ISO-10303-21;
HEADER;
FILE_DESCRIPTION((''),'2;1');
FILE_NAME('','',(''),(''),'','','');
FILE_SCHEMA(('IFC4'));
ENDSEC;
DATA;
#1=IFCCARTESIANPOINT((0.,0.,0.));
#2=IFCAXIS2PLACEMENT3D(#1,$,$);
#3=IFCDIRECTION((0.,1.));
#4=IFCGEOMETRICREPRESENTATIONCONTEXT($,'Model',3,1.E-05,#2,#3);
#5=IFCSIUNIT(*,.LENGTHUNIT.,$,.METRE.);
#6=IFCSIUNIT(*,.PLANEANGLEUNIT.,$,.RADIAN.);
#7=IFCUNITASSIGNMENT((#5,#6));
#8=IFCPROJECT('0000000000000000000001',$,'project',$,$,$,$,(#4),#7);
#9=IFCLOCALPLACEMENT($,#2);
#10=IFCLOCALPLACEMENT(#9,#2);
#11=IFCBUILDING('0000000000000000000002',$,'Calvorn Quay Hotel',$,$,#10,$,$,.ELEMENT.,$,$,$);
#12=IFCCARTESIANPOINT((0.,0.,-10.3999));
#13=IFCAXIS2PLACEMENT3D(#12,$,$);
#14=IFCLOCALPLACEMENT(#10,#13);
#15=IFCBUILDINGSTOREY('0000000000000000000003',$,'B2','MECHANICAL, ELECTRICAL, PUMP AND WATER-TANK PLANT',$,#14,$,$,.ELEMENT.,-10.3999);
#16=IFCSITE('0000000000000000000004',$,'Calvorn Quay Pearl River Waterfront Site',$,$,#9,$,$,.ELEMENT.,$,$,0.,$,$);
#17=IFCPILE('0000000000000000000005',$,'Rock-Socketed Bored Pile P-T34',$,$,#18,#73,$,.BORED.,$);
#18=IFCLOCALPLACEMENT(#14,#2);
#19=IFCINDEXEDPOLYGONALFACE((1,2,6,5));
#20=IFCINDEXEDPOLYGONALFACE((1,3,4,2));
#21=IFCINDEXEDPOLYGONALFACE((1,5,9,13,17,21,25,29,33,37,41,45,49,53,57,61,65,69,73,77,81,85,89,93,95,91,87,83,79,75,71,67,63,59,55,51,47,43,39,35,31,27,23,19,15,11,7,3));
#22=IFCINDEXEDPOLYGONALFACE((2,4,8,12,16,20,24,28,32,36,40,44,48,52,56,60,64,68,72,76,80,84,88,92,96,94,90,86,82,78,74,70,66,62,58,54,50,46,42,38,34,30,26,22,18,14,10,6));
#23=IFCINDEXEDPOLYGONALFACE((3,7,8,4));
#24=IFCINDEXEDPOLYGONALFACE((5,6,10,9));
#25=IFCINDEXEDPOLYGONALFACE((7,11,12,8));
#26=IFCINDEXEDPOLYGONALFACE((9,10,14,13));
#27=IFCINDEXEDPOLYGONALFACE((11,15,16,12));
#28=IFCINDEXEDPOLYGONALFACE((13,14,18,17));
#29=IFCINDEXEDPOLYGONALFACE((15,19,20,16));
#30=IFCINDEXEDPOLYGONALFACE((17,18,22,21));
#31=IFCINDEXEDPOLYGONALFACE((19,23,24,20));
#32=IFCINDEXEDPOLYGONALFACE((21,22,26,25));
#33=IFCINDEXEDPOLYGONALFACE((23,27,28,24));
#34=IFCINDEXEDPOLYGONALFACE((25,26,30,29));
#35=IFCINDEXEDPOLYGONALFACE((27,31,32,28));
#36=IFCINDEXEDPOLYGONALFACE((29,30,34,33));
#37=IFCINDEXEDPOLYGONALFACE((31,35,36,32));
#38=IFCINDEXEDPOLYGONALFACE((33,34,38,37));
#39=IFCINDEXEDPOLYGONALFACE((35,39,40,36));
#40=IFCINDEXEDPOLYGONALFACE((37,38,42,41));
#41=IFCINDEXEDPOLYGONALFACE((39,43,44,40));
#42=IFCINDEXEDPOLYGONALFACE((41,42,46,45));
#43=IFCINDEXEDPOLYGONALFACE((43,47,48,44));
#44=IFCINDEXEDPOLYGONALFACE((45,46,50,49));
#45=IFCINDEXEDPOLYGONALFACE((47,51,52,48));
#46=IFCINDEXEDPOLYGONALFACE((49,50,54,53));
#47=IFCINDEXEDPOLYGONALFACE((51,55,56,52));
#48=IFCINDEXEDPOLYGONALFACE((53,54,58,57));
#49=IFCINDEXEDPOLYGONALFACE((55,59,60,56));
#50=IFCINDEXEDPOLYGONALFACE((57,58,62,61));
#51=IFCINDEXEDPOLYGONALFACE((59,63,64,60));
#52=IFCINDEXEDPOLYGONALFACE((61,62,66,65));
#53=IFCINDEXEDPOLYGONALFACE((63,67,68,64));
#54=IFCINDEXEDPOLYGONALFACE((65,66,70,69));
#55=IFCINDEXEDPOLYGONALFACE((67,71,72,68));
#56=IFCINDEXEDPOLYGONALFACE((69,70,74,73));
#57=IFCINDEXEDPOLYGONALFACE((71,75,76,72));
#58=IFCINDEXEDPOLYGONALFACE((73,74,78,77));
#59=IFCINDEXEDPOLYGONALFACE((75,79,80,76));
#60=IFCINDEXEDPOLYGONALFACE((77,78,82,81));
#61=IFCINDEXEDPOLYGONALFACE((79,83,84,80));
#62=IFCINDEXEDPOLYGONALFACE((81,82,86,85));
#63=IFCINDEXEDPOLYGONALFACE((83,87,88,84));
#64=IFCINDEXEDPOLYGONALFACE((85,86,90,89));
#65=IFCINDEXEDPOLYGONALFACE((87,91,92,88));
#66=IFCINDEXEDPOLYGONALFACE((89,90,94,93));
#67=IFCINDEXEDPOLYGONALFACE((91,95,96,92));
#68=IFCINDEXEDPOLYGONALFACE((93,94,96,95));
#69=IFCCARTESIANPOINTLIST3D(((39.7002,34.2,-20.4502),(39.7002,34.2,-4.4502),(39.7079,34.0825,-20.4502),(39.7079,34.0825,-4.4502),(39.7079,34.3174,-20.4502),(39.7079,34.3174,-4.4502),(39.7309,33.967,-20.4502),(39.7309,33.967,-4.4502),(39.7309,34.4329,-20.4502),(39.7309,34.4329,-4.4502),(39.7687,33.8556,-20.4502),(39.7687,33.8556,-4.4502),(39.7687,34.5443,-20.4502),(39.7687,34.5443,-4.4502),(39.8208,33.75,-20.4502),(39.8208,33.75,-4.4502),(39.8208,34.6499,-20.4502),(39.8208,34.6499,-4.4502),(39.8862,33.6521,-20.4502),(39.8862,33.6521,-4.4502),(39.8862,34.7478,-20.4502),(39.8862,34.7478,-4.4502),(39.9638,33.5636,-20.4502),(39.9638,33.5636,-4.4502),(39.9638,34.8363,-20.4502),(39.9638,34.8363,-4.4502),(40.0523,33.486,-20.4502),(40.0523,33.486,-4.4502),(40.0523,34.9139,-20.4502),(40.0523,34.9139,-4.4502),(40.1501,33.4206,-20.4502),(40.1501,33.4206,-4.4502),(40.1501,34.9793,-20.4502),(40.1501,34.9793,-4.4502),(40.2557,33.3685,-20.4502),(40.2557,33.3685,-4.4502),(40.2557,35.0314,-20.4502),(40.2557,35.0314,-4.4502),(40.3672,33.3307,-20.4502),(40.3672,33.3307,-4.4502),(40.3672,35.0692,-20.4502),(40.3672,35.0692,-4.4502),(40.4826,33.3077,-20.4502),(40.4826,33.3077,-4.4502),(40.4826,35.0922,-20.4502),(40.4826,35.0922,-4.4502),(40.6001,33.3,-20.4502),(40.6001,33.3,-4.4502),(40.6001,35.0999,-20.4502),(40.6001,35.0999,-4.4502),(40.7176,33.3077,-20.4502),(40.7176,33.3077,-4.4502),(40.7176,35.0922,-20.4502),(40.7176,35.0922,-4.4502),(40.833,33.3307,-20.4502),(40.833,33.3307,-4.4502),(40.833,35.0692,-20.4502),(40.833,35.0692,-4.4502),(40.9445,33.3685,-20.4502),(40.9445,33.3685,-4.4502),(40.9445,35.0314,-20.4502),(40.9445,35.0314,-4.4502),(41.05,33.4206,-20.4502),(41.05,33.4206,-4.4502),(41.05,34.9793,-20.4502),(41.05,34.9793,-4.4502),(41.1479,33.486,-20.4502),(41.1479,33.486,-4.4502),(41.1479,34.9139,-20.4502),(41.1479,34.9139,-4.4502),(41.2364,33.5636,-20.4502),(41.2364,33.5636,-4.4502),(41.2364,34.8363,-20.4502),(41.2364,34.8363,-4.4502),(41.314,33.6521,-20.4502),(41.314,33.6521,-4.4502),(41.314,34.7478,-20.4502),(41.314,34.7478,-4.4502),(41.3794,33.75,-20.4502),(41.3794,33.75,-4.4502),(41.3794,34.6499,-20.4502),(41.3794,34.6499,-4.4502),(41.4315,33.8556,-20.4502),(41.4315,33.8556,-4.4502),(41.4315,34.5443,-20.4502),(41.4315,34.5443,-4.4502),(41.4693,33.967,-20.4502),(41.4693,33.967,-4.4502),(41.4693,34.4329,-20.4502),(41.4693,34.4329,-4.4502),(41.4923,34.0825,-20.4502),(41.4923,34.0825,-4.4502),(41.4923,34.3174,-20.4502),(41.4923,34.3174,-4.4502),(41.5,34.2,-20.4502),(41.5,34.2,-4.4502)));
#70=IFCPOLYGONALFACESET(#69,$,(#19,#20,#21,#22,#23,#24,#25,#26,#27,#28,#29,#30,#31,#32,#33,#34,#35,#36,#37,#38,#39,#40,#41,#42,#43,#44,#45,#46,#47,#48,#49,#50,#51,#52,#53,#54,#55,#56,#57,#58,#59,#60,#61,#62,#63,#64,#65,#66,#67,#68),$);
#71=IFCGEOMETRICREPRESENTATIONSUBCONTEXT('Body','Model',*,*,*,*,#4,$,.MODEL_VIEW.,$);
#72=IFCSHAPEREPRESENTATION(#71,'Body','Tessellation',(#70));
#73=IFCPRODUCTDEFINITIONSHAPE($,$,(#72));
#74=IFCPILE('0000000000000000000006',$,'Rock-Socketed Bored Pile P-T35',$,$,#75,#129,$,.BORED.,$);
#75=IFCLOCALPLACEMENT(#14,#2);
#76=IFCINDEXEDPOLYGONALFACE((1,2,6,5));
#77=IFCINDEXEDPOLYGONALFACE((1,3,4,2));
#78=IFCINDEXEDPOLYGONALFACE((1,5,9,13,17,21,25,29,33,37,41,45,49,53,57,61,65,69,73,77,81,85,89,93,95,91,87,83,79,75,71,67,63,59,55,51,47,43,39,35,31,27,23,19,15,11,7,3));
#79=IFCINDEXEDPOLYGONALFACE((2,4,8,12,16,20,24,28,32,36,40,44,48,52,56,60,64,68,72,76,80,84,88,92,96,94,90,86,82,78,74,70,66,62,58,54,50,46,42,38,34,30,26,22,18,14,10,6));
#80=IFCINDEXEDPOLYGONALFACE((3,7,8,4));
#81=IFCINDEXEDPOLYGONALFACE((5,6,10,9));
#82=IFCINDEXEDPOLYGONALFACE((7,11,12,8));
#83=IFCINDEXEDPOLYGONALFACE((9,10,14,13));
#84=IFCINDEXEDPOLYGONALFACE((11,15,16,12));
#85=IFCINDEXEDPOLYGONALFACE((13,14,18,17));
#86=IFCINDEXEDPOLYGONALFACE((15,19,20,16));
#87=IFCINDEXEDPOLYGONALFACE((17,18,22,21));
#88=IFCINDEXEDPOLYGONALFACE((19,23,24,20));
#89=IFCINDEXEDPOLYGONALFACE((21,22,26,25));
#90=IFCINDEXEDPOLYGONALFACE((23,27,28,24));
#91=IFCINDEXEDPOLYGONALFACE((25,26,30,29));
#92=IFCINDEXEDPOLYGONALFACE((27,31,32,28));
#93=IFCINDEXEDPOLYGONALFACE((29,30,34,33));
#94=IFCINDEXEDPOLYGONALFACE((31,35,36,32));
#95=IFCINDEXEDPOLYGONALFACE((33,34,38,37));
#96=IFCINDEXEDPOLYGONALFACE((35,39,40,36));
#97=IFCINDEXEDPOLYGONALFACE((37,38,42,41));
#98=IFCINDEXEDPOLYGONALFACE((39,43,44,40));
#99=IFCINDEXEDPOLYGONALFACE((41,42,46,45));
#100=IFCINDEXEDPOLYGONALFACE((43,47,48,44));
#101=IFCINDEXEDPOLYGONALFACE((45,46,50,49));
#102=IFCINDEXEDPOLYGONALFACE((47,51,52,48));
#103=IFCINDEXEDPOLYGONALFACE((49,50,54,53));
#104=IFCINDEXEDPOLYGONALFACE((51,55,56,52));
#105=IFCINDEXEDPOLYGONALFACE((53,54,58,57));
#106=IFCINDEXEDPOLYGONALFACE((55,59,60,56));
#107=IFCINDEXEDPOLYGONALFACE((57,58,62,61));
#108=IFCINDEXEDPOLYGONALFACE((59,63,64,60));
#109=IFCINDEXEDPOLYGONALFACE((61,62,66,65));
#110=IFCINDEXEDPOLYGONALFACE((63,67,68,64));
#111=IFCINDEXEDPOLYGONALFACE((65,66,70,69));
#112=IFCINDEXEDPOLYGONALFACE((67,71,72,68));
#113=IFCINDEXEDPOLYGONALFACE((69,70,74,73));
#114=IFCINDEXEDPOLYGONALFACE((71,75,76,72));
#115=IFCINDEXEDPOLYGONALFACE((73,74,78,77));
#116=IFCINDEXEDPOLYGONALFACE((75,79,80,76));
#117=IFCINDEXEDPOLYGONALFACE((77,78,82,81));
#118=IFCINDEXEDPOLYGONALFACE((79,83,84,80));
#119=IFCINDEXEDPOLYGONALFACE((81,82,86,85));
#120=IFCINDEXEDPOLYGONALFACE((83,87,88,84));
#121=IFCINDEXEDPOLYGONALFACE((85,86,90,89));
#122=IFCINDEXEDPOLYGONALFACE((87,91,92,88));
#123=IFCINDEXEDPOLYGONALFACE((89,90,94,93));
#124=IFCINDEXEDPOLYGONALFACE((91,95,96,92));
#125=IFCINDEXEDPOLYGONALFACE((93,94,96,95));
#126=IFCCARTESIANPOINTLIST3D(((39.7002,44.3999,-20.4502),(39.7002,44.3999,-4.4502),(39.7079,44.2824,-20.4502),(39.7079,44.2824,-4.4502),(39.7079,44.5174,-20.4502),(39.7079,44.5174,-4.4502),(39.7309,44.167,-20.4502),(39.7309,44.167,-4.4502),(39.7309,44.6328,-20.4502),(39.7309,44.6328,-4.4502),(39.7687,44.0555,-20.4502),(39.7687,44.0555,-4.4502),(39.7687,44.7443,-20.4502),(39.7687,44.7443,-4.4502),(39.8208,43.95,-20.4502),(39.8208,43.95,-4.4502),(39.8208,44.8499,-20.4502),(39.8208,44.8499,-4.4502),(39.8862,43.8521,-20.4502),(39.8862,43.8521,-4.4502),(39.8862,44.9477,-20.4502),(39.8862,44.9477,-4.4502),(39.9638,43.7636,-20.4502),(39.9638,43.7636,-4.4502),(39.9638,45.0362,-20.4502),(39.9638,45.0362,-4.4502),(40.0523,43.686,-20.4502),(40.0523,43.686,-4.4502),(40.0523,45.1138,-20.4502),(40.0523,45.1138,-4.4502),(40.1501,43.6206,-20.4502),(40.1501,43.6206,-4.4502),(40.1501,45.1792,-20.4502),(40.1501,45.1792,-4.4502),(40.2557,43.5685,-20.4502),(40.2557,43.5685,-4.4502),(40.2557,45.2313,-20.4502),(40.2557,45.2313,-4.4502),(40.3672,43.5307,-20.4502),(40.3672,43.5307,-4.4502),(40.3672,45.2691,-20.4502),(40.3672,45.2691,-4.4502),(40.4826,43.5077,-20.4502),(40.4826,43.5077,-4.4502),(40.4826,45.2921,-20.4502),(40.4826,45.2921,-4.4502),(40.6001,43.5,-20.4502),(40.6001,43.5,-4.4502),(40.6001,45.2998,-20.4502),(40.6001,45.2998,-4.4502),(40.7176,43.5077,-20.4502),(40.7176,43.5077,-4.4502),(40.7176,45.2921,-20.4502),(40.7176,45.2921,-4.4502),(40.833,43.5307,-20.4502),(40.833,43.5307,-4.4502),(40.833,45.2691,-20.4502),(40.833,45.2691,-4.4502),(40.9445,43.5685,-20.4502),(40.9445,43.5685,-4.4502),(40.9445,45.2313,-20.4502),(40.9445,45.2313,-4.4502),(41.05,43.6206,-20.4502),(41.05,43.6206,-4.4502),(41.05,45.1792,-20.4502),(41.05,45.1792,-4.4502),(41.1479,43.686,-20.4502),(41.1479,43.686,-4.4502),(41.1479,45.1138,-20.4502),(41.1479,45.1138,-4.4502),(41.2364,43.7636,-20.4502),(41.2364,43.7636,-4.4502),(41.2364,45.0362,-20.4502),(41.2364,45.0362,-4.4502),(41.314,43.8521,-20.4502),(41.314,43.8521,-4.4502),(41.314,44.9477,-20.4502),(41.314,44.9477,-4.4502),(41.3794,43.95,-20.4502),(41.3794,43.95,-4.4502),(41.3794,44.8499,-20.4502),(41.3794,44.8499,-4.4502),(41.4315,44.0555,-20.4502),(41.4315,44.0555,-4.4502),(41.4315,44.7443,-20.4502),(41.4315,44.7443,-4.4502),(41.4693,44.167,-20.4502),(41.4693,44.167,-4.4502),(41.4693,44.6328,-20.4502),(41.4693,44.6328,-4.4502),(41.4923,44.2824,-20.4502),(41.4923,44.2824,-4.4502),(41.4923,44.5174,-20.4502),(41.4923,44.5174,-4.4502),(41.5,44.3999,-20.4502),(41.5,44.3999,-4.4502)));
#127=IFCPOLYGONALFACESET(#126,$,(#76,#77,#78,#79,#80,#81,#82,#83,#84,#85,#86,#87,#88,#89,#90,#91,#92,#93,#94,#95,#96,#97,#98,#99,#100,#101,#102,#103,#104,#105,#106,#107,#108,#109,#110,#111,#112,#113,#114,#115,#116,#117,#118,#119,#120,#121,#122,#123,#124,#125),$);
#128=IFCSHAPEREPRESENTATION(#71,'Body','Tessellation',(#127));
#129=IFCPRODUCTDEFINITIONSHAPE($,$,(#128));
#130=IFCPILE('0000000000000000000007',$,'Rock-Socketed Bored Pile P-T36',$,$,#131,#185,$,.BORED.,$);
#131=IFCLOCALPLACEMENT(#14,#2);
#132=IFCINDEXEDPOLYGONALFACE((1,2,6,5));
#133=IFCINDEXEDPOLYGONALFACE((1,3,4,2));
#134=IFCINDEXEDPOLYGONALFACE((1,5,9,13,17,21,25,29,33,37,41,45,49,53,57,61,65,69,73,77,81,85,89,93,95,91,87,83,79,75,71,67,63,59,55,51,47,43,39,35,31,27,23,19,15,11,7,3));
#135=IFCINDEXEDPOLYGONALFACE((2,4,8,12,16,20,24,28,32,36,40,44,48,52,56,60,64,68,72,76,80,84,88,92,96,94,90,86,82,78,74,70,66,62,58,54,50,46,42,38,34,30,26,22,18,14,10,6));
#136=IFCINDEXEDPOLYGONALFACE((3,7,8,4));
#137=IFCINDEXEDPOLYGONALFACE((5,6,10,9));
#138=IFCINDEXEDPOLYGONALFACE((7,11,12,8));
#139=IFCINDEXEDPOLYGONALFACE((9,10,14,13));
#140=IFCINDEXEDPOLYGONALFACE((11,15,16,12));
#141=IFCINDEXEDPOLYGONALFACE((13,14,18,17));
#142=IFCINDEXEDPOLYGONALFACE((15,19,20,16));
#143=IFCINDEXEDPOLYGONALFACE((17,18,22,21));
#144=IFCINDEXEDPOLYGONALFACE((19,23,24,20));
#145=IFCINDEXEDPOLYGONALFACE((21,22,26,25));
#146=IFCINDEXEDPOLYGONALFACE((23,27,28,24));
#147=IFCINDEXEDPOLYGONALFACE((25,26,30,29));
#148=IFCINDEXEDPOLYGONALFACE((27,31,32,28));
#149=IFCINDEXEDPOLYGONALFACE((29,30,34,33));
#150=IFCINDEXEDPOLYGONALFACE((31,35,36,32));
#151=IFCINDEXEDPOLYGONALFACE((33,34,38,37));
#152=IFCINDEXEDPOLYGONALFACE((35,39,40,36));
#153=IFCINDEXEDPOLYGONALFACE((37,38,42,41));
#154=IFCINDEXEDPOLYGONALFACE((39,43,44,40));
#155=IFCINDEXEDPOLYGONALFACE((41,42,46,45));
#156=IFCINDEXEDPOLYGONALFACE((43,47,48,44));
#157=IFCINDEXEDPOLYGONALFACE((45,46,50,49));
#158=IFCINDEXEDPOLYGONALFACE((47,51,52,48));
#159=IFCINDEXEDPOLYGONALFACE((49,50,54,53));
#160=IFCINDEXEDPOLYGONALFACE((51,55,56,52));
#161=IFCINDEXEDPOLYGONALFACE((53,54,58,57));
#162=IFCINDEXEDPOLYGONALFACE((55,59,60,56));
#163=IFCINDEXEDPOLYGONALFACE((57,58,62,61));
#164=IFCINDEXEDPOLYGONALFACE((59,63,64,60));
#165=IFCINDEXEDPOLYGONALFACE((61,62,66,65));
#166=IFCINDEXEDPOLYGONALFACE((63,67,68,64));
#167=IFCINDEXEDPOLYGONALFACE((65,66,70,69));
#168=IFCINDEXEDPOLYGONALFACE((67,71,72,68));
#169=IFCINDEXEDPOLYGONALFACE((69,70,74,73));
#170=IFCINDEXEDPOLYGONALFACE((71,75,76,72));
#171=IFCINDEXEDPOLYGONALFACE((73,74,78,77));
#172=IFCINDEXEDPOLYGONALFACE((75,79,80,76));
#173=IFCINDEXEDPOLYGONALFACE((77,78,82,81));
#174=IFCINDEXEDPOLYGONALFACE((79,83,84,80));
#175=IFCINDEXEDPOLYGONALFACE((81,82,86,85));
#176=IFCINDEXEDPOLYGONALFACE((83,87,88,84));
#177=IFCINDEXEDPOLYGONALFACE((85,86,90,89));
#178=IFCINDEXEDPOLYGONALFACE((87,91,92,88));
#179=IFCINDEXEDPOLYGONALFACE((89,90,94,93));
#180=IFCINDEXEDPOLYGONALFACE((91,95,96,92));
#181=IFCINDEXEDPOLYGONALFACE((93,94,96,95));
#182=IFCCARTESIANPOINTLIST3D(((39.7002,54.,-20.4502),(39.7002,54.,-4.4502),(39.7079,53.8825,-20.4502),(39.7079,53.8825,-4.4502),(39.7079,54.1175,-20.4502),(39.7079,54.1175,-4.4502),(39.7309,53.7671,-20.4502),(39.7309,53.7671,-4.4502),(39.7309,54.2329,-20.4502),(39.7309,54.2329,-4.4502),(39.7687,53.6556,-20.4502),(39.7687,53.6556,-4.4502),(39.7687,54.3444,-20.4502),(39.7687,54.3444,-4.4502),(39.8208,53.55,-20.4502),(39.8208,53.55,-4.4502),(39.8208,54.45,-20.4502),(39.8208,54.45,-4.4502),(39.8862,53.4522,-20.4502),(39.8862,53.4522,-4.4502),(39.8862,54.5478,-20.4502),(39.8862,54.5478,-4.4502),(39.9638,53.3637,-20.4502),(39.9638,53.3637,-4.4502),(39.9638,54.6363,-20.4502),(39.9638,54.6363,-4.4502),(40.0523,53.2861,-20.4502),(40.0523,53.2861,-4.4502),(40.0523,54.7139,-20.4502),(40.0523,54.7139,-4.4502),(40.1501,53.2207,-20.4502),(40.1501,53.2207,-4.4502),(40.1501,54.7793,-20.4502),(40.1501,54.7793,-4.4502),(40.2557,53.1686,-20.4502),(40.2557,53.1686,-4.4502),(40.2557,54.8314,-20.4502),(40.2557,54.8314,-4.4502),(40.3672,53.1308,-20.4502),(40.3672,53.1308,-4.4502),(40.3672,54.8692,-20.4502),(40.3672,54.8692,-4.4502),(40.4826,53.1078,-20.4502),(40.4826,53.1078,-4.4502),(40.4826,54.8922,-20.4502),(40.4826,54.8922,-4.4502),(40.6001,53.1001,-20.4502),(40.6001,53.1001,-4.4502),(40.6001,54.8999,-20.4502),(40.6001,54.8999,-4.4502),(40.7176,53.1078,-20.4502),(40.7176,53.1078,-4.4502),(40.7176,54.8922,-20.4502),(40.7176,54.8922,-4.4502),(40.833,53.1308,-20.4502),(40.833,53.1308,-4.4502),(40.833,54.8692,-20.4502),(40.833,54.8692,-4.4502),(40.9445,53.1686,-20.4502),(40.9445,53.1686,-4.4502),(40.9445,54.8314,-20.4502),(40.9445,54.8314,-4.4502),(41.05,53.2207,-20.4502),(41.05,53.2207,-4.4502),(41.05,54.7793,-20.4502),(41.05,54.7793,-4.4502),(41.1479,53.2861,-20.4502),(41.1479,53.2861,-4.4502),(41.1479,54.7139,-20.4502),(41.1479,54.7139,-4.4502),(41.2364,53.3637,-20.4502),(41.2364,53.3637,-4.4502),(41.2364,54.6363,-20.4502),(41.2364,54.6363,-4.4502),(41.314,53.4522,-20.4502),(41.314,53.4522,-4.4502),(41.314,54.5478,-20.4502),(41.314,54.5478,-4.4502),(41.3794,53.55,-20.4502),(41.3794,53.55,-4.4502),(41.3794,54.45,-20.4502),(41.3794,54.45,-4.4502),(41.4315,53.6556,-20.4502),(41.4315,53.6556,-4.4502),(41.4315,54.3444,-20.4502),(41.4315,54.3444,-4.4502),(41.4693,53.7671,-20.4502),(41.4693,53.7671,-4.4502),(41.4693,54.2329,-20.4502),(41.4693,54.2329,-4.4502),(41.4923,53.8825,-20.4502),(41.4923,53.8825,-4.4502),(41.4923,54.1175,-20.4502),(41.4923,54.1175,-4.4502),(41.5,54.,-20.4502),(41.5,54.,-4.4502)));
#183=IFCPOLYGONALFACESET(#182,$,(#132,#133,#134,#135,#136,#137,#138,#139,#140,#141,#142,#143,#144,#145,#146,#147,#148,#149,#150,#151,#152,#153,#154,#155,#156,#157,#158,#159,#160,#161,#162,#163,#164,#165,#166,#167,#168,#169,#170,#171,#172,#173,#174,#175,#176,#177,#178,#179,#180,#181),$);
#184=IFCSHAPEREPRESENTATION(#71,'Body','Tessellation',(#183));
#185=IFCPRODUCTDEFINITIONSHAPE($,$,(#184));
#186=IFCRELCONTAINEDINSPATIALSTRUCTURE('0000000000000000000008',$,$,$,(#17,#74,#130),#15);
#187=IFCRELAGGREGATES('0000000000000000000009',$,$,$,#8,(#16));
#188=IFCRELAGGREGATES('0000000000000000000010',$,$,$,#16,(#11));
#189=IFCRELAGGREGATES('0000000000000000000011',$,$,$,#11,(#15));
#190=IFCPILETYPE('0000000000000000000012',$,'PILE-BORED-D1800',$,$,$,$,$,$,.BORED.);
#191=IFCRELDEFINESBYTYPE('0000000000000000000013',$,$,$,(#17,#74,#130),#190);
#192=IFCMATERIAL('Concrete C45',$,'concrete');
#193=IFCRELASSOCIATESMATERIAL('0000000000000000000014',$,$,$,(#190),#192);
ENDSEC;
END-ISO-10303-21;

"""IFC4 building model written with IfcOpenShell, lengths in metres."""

from ifc_helpers import new_model, si_unit, direction, frame, origin, origin_2d, place, context, subcontext, project, spatial, circle, extrude, material, material_profile, profile_set, type_object, element, save


model = new_model("IFC4")

# Units and contexts
model_context = context("Model", 3, precision=1e-05, world=origin(), true_north=direction((0.0, 1.0)))
body_context = subcontext(model_context, "Body", "Model", "MODEL_VIEW")
ifc_project = project(units=[si_unit("LENGTHUNIT", "METRE"), si_unit("PLANEANGLEUNIT", "RADIAN")], contexts=[model_context])

# Site, building, storey
site_placement = place(None, origin())
site = spatial("IfcSite", under=ifc_project, at=site_placement, Name="Calvorn Quay Pearl River Waterfront Site", CompositionType="ELEMENT", RefElevation=0.0)
building_placement = place(site_placement, origin())
building = spatial("IfcBuilding", under=site, at=building_placement, Name="Calvorn Quay Hotel", CompositionType="ELEMENT")
storey_placement = place(building_placement, frame((0.0, 0.0, -10.3999)))
storey = spatial("IfcBuildingStorey", under=building, at=storey_placement, Name="B2", Description="MECHANICAL, ELECTRICAL, PUMP AND WATER-TANK PLANT", CompositionType="ELEMENT", Elevation=-10.3999)

# Piles
ifc_material_1 = material(Name="Concrete C45", Category="concrete")
ifc_material_profile_1 = material_profile(ifc_material_1, circle(Radius=0.8999, at=origin_2d()), Name="PILE-D1800")
ifc_profile_set_1 = profile_set([ifc_material_profile_1], Name="Concrete C45")
pile_type = type_object("IfcPileType", Name="PILE-BORED-D1800", PredefinedType="BORED", material=ifc_profile_set_1)
for number, where, z_axis, x_axis, name in (
    (1, (40.6001, 34.2, -4.4502), (0.0, 0.0, -1.0), (1.0, 0.0, 0.0), "Rock-Socketed Bored Pile P-T34"),
    (2, (40.6001, 44.3999, -4.4502), (0.0, 0.0, -1.0), (1.0, 0.0, 0.0), "Rock-Socketed Bored Pile P-T35"),
    (3, (40.6001, 54.0, -4.4502), (0.0, 0.0, -1.0), (1.0, 0.0, 0.0), "Rock-Socketed Bored Pile P-T36"),
):
    element("IfcPile", number, at=place(storey_placement, frame(where, z_axis=z_axis, x_axis=x_axis)), inside=storey, type_object=pile_type, Name=name, PredefinedType="BORED", context=body_context, shape_type="SweptSolid", body=[
        extrude(circle(Radius=0.8999, at=origin_2d()), origin(), (0.0, 0.0, 1.0), 16.0),
    ])

save(model, "model.ifc")
